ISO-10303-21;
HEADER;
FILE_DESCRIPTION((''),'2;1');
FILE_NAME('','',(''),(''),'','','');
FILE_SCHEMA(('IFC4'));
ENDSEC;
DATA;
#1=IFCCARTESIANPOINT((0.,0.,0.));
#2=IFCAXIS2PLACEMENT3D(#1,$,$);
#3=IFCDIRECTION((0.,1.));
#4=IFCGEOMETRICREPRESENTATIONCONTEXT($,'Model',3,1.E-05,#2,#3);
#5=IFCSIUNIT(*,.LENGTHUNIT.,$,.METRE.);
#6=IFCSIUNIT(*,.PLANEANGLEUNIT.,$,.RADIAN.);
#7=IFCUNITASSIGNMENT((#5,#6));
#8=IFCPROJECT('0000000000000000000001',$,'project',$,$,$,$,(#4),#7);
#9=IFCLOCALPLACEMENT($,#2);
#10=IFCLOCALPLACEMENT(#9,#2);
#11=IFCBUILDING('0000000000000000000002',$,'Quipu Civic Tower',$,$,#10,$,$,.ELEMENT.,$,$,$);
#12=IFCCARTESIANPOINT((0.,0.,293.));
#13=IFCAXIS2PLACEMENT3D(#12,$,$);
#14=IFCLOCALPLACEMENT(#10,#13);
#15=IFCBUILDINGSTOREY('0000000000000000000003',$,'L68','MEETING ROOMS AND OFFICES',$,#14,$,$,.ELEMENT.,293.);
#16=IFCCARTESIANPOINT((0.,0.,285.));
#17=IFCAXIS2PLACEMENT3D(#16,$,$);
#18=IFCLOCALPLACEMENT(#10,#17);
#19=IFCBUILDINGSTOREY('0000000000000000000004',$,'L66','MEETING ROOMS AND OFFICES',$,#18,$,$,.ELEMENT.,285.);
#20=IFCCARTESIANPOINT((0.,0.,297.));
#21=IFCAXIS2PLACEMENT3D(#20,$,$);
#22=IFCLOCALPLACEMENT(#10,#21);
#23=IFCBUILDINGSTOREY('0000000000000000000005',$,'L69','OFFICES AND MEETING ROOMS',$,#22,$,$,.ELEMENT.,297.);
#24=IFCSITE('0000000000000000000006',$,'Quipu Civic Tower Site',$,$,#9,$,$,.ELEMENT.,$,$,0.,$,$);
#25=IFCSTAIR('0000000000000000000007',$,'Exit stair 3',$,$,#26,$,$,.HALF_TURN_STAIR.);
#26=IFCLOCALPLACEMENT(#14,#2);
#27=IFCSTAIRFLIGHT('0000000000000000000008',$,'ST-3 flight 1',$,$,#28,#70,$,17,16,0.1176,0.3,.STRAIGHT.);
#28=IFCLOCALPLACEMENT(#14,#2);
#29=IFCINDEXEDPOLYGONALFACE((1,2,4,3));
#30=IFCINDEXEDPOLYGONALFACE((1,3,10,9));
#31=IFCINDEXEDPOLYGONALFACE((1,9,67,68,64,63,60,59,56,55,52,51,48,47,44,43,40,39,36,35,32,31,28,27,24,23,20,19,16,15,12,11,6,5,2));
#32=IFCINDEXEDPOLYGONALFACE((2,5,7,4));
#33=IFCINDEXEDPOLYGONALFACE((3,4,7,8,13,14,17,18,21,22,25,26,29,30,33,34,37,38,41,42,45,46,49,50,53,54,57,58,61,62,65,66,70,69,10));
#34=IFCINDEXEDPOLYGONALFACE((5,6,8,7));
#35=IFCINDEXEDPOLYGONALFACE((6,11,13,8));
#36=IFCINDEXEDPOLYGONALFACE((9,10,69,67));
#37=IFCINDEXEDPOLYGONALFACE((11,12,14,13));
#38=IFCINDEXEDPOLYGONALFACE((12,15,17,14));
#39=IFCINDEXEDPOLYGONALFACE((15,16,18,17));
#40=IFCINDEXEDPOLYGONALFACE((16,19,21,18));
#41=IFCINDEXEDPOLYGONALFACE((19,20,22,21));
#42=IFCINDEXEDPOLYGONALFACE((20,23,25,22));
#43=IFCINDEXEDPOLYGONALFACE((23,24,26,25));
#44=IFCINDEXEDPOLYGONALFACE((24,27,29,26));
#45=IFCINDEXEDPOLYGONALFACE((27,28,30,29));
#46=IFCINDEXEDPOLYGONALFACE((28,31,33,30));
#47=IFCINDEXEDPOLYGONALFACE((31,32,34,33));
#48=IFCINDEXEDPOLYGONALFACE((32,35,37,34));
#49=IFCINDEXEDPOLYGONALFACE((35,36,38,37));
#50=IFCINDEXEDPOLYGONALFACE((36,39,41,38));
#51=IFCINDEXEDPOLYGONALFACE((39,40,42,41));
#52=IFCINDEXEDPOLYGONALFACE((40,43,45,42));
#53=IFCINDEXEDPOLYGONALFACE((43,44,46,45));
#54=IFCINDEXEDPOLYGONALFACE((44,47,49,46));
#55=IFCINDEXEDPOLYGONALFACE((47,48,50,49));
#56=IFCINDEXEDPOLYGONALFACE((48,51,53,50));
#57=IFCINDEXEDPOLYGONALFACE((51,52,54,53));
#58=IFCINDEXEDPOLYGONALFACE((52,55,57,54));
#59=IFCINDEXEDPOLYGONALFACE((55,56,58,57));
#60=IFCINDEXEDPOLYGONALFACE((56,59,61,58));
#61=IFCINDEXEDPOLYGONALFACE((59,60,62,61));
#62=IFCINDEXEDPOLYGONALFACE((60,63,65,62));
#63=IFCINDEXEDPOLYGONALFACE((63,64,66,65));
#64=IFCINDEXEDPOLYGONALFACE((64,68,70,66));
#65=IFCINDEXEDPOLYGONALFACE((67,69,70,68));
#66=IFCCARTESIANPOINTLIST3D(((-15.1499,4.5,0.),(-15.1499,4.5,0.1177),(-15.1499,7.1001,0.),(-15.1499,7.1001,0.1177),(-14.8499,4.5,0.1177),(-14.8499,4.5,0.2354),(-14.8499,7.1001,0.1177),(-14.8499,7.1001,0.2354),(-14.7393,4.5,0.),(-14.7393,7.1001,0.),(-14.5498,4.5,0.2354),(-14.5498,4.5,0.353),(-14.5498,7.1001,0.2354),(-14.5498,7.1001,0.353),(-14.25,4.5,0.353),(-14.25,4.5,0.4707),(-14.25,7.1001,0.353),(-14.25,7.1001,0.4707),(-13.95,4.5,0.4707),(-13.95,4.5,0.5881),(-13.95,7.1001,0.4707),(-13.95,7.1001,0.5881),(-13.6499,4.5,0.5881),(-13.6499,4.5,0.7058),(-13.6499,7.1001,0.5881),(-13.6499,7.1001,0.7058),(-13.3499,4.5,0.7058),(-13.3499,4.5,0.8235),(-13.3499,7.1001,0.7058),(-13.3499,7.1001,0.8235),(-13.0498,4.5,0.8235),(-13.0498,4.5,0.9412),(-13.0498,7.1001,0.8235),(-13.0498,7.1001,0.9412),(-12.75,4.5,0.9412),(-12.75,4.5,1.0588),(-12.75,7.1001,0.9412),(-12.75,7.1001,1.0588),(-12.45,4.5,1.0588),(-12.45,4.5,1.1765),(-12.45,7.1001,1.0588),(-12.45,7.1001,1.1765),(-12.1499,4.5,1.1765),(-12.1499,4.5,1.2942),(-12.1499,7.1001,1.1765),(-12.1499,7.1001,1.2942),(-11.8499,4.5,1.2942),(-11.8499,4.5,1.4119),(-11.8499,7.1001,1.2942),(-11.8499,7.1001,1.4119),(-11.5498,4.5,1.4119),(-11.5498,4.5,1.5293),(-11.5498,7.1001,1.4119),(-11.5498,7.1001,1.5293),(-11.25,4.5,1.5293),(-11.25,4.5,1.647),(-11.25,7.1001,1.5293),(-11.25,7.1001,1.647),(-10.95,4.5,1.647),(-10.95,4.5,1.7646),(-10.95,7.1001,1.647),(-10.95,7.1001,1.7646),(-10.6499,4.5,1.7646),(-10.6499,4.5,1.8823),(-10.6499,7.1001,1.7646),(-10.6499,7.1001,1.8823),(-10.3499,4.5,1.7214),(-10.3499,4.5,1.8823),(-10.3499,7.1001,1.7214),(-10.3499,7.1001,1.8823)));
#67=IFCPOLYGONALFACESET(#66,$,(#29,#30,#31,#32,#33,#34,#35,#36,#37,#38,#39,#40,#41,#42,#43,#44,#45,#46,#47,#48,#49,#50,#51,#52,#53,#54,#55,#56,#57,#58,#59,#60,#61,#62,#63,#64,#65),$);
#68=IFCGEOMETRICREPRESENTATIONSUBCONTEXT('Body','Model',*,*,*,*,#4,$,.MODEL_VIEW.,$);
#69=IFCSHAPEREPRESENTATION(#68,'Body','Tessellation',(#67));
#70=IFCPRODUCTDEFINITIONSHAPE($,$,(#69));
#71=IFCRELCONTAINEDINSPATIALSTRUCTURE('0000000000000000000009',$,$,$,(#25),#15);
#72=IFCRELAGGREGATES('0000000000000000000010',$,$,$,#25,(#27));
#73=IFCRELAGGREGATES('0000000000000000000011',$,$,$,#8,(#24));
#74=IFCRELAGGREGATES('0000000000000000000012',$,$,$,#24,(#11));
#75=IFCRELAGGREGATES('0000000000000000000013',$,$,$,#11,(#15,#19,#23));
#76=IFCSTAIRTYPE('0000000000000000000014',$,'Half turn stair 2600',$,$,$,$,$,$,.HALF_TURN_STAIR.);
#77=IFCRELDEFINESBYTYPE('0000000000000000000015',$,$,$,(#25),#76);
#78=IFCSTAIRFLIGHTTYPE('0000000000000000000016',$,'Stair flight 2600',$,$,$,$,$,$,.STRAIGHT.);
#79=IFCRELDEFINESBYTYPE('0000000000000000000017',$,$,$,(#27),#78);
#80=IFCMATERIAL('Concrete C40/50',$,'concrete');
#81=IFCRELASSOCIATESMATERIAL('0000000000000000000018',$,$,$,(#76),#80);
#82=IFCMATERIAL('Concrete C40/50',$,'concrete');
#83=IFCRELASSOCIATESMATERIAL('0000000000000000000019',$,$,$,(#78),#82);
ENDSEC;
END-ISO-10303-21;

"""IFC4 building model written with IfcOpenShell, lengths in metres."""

from ifc_helpers import new_model, si_unit, direction, frame, origin, place, context, subcontext, project, spatial, polyline, outline, extrude, material, type_object, element, aggregate, save


model = new_model("IFC4")

# Units and contexts
model_context = context("Model", 3, precision=1e-05, world=origin(), true_north=direction((0.0, 1.0)))
body_context = subcontext(model_context, "Body", "Model", "MODEL_VIEW")
ifc_project = project(units=[si_unit("LENGTHUNIT", "METRE"), si_unit("PLANEANGLEUNIT", "RADIAN")], contexts=[model_context])

# Site, building, storey
site_placement = place(None, origin())
site = spatial("IfcSite", under=ifc_project, at=site_placement, Name="Quipu Civic Tower Site", CompositionType="ELEMENT", RefElevation=0.0)
building_placement = place(site_placement, origin())
building = spatial("IfcBuilding", under=site, at=building_placement, Name="Quipu Civic Tower", CompositionType="ELEMENT")
storey_1_placement = place(building_placement, frame((0.0, 0.0, 293.0)))
storey_1 = spatial("IfcBuildingStorey", under=building, at=storey_1_placement, Name="L68", Description="MEETING ROOMS AND OFFICES", CompositionType="ELEMENT", Elevation=293.0)

# Shared definitions
storey_2_placement = place(building_placement, frame((0.0, 0.0, 285.0)))
storey_2 = spatial("IfcBuildingStorey", under=building, at=storey_2_placement, Name="L66", Description="MEETING ROOMS AND OFFICES", CompositionType="ELEMENT", Elevation=285.0)

# Shared definitions
storey_3_placement = place(building_placement, frame((0.0, 0.0, 297.0)))
storey_3 = spatial("IfcBuildingStorey", under=building, at=storey_3_placement, Name="L69", Description="OFFICES AND MEETING ROOMS", CompositionType="ELEMENT", Elevation=297.0)

# Stair, stair flight
ifc_material_1 = material(Name="Concrete C40/50", Category="concrete")
stair_type = type_object("IfcStairType", Name="Half turn stair 2600", PredefinedType="HALF_TURN_STAIR", material=ifc_material_1)
stair_placement = place(storey_1_placement, origin())
stair = element("IfcStair", 1, at=stair_placement, inside=storey_1, type_object=stair_type, Name="Exit stair 3", PredefinedType="HALF_TURN_STAIR")
ifc_material_2 = material(Name="Concrete C40/50", Category="concrete")
stair_flight_type = type_object("IfcStairFlightType", Name="Stair flight 2600", PredefinedType="STRAIGHT", material=ifc_material_2)
stair_flight_placement = place(storey_1_placement, frame((-15.1499, 5.8, 0.0), z_axis=(0.0, 0.0, 1.0), x_axis=(1.0, 0.0, 0.0)))
stair_flight = element("IfcStairFlight", 2, at=stair_flight_placement, type_object=stair_flight_type, Name="ST-3 flight 1", NumberOfRisers=17, NumberOfTreads=16, PredefinedType="STRAIGHT", RiserHeight=0.1176, TreadLength=0.3, context=body_context, shape_type="SweptSolid", body=[
    extrude(outline(polyline([(0.0, 0.0), (0.0, 0.1177), (0.3, 0.1177), (0.3, 0.2354), (0.6001, 0.2354), (0.6001, 0.353), (0.8999, 0.353), (0.8999, 0.4707), (1.2, 0.4707), (1.2, 0.5881), (1.5, 0.5881), (1.5, 0.7058), (1.8, 0.7058), (1.8, 0.8235), (2.1001, 0.8235), (2.1001, 0.9412), (2.3999, 0.9412), (2.3999, 1.0588), (2.7, 1.0588), (2.7, 1.1765), (3.0, 1.1765), (3.0, 1.2942), (3.3, 1.2942), (3.3, 1.4119), (3.6001, 1.4119), (3.6001, 1.5293), (3.8999, 1.5293), (3.8999, 1.647), (4.2, 1.647), (4.2, 1.7646), (4.5, 1.7646), (4.5, 1.8823), (4.8, 1.8823), (4.8, 2.0), (4.8, 1.7214), (0.4106, 0.0), (0.0, 0.0)])), frame((0.0, 1.3, 0.0), z_axis=(0.0, -1.0, 0.0), x_axis=(1.0, 0.0, 0.0)), (0.0, 0.0, 1.0), 2.6001),
])
aggregate(stair, [stair_flight])

save(model, "model.ifc")
